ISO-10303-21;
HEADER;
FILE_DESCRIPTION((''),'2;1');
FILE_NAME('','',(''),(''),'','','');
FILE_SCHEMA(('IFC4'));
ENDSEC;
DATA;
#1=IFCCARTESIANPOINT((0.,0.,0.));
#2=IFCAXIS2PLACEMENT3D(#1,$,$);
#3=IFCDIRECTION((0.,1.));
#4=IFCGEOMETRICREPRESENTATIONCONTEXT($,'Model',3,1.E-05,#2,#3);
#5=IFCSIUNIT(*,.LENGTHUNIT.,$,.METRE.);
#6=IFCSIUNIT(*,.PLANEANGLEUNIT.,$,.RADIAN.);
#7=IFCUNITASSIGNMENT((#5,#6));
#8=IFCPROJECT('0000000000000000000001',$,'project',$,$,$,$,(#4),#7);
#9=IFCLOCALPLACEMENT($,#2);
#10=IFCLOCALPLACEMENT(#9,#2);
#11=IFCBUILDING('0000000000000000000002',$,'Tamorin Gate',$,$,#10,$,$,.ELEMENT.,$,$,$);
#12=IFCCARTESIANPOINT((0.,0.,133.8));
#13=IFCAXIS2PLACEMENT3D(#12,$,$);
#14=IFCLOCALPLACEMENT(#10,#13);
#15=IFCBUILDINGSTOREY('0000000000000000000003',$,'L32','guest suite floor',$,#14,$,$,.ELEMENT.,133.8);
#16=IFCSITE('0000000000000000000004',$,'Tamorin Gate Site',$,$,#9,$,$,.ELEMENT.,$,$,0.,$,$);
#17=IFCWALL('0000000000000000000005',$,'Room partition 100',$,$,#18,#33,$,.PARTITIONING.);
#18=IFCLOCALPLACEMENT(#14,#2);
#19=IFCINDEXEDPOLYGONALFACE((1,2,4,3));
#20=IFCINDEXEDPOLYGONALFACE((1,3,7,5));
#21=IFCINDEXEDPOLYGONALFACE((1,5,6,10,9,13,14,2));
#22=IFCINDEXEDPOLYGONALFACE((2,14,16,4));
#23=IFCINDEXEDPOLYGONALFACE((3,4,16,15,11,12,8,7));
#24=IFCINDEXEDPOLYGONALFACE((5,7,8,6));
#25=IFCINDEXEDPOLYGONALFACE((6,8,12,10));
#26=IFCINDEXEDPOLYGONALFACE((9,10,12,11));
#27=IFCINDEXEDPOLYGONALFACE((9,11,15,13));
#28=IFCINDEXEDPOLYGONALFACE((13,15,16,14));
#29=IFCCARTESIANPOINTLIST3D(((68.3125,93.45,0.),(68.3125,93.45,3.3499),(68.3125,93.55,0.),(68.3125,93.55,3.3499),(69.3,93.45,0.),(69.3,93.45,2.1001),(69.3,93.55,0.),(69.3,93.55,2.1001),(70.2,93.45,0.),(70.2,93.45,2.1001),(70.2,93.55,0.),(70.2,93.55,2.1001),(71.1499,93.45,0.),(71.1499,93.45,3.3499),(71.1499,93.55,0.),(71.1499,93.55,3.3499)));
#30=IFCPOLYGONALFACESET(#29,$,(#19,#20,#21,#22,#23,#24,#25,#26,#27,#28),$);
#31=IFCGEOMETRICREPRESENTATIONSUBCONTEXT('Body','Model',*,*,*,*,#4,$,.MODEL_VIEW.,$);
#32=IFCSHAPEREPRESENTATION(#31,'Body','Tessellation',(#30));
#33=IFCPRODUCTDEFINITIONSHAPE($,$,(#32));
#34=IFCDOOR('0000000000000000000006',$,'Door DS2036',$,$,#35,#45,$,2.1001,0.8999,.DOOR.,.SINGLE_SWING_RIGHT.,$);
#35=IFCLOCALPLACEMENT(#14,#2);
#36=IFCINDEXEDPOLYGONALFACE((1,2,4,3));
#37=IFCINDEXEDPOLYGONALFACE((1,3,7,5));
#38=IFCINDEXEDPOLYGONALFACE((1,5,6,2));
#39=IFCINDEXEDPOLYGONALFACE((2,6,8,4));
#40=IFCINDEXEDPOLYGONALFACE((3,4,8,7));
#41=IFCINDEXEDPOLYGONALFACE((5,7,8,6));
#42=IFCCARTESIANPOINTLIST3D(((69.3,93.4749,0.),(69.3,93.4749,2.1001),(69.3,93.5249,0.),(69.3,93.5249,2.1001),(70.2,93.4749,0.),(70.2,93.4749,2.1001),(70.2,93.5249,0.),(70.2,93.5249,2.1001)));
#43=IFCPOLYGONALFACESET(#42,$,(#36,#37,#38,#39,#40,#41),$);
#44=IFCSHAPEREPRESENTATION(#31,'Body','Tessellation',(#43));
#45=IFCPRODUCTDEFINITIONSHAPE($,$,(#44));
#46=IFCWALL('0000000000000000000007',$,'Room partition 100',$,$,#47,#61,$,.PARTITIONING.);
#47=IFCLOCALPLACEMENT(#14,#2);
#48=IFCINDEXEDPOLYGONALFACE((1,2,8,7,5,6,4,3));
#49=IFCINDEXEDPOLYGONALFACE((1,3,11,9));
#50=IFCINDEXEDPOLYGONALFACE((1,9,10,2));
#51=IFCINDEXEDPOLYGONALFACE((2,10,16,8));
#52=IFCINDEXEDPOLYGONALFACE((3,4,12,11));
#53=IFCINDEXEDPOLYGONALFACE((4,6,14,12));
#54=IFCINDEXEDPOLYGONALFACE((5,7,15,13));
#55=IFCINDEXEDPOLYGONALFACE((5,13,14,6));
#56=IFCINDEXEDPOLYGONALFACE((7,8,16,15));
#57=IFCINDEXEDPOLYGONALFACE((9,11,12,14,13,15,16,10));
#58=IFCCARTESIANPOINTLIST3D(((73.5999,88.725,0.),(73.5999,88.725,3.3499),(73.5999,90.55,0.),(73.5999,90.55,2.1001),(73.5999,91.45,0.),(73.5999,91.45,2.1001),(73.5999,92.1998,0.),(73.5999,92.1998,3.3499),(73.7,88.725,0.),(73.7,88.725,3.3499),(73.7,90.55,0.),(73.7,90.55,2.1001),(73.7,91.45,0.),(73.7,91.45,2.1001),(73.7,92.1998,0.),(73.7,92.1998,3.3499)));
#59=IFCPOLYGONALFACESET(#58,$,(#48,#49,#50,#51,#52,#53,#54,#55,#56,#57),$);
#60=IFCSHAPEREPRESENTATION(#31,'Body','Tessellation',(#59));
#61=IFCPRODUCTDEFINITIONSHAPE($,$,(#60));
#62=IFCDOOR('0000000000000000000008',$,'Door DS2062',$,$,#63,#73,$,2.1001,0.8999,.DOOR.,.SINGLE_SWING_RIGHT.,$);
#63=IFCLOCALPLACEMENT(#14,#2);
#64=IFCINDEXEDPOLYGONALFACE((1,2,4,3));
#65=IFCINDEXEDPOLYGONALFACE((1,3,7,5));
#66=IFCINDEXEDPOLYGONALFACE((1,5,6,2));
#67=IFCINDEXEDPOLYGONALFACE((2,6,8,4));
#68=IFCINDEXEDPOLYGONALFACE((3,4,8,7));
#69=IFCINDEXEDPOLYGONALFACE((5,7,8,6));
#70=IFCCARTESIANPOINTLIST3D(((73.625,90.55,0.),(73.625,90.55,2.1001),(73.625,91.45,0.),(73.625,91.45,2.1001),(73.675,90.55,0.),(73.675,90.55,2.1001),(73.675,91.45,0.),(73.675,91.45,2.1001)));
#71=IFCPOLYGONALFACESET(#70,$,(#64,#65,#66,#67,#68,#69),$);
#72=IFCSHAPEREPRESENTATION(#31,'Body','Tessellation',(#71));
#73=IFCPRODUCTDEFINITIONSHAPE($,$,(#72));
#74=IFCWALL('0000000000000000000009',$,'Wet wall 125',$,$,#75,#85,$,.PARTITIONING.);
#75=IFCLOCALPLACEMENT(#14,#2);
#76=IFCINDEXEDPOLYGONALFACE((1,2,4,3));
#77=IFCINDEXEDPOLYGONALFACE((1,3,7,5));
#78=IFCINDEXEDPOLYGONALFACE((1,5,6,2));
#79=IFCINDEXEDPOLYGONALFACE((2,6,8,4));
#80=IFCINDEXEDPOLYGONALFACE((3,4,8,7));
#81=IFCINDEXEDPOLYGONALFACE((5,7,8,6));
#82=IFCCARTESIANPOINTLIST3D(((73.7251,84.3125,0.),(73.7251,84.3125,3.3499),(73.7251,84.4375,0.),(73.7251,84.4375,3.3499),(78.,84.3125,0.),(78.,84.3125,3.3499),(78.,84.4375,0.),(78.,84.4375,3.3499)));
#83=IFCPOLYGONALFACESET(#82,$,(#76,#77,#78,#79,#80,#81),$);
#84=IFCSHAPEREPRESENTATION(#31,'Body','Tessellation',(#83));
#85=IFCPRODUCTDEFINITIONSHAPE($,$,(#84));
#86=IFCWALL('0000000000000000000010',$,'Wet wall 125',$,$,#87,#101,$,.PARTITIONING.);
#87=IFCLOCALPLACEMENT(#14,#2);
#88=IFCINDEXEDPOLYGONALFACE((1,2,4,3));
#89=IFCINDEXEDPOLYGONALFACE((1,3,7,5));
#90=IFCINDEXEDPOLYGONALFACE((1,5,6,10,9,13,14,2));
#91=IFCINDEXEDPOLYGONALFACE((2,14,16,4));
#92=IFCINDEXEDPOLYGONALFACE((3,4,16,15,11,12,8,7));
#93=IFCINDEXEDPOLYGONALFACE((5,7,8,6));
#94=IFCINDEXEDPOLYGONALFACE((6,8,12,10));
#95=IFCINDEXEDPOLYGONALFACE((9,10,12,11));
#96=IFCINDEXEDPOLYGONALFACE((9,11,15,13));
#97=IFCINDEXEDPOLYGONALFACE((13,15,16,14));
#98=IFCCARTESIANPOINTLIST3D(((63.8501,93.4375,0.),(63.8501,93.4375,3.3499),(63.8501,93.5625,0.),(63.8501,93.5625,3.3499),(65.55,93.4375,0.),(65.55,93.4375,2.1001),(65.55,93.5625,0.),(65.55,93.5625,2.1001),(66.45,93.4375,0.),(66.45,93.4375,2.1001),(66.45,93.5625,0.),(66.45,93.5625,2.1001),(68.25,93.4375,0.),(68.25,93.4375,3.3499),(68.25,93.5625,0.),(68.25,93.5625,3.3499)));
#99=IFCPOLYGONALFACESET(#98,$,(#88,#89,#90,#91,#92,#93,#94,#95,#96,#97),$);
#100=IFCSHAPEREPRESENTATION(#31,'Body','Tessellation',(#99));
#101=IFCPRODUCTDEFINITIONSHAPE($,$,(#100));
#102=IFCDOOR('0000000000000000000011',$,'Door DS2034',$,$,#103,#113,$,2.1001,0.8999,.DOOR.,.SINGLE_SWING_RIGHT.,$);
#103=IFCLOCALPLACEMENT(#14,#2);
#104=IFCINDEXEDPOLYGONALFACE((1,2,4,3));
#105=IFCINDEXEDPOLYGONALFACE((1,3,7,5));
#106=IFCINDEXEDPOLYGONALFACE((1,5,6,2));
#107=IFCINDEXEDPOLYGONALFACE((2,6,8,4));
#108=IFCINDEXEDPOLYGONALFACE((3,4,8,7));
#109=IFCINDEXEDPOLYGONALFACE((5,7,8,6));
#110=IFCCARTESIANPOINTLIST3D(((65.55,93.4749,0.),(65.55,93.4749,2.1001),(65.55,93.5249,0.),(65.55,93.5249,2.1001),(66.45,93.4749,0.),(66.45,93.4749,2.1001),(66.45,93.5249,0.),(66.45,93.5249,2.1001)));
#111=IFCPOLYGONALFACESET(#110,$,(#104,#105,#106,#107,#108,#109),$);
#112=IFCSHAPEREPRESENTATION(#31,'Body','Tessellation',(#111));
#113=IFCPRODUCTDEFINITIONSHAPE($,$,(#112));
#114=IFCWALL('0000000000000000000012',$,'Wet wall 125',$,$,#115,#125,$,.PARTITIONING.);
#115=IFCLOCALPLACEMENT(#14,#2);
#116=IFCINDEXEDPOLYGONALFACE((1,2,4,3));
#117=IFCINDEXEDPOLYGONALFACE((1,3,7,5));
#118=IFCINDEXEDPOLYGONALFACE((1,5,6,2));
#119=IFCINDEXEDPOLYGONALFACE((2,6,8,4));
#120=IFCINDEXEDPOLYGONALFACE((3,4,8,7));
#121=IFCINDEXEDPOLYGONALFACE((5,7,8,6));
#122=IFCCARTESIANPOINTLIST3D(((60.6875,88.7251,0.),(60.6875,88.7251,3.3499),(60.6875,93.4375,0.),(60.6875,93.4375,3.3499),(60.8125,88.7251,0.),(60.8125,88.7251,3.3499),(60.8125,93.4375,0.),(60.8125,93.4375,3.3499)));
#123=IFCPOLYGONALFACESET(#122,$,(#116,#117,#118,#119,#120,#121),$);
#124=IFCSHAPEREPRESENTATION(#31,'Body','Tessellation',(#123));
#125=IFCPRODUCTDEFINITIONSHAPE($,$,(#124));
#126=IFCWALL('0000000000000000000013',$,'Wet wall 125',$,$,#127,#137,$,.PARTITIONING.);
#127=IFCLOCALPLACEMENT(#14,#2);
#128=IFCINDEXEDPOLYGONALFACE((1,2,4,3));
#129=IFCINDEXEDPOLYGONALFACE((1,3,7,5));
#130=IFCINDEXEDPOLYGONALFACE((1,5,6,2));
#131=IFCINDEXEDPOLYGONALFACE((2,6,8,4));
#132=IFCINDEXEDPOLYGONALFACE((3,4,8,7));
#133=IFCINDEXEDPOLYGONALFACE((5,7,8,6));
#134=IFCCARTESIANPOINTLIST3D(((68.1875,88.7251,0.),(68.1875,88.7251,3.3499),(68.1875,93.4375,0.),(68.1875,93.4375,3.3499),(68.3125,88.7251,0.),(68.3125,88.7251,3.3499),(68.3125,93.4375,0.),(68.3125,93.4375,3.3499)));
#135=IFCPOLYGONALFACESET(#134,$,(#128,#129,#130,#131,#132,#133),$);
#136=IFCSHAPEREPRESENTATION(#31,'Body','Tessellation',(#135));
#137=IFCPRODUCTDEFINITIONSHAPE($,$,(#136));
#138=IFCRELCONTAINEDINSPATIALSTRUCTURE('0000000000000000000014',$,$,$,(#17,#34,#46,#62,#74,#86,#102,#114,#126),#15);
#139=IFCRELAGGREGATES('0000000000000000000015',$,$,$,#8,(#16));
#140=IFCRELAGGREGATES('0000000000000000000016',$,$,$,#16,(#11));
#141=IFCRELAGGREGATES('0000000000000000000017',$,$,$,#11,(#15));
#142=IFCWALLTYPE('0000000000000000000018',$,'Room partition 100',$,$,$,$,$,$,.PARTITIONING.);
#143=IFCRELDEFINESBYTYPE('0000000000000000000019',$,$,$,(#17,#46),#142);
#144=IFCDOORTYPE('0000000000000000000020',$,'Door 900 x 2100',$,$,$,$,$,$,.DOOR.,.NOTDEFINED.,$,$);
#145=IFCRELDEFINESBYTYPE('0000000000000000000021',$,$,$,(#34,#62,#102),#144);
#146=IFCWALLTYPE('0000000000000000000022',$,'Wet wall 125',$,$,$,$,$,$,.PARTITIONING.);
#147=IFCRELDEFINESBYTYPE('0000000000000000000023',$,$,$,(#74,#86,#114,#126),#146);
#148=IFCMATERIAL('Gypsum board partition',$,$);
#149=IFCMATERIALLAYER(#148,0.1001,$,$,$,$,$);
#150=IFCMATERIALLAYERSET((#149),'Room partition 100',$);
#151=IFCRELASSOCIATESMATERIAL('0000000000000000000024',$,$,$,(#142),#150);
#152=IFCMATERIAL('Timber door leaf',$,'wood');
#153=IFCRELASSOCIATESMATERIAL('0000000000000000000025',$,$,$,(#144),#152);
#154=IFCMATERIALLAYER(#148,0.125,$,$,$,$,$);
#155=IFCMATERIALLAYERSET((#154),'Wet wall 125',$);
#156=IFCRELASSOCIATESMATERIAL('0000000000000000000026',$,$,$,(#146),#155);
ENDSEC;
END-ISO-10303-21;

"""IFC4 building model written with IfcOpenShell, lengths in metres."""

from ifc_helpers import new_model, si_unit, direction, frame, frame_2d, origin, place, context, subcontext, project, spatial, rectangle, extrude, material, layer, layer_set, type_object, element, fill, save


model = new_model("IFC4")

# Units and contexts
model_context = context("Model", 3, precision=1e-05, world=origin(), true_north=direction((0.0, 1.0)))
body_context = subcontext(model_context, "Body", "Model", "MODEL_VIEW")
ifc_project = project(units=[si_unit("LENGTHUNIT", "METRE"), si_unit("PLANEANGLEUNIT", "RADIAN")], contexts=[model_context])

# Site, building, storey
site_placement = place(None, origin())
site = spatial("IfcSite", under=ifc_project, at=site_placement, Name="Tamorin Gate Site", CompositionType="ELEMENT", RefElevation=0.0)
building_placement = place(site_placement, origin())
building = spatial("IfcBuilding", under=site, at=building_placement, Name="Tamorin Gate", CompositionType="ELEMENT")
storey_placement = place(building_placement, frame((0.0, 0.0, 133.8)))
storey = spatial("IfcBuildingStorey", under=building, at=storey_placement, Name="L32", Description="guest suite floor", CompositionType="ELEMENT", Elevation=133.8)

# Shared definitions
ifc_material_1 = material(Name="Gypsum board partition")

# Walls, openings, doors
ifc_layer_1 = layer(ifc_material_1, 0.1001)
ifc_layer_set_1 = layer_set([ifc_layer_1], Name="Room partition 100")
wall_type_1 = type_object("IfcWallType", Name="Room partition 100", PredefinedType="PARTITIONING", material=ifc_layer_set_1)
ifc_material_2 = material(Name="Timber door leaf", Category="wood")
door_type = type_object("IfcDoorType", Name="Door 900 x 2100", OperationType="NOTDEFINED", PredefinedType="DOOR", material=ifc_material_2)
wall_1_placement = place(storey_placement, frame((68.3125, 93.5, 0.0), z_axis=(0.0, 0.0, 1.0), x_axis=(1.0, 0.0, 0.0)))
wall_1 = element("IfcWall", 1, at=wall_1_placement, inside=storey, type_object=wall_type_1, Name="Room partition 100", PredefinedType="PARTITIONING", context=body_context, shape_type="SweptSolid", body=[
    extrude(rectangle(XDim=2.8374, YDim=0.1001, at=frame_2d((1.4187, 0.0))), origin(), (0.0, 0.0, 1.0), 3.3499),
])
opening_1_placement = place(wall_1_placement, frame((0.9875, 0.0, 0.0)))
opening_1 = element("IfcOpeningElement", 2, at=opening_1_placement, cuts=wall_1, PredefinedType="OPENING", context=body_context, shape_type="SweptSolid", body=[
    extrude(rectangle(XDim=0.8999, YDim=2.1001, at=frame_2d((0.45, 1.05))), frame((0.0, 0.0601, 0.0), z_axis=(0.0, -1.0, 0.0), x_axis=(1.0, 0.0, 0.0)), (0.0, 0.0, 1.0), 0.1201),
])
door_1_placement = place(opening_1_placement, origin())
door_1 = element("IfcDoor", 3, at=door_1_placement, inside=storey, type_object=door_type, Name="Door DS2036", OperationType="SINGLE_SWING_RIGHT", OverallHeight=2.1001, OverallWidth=0.8999, PredefinedType="DOOR", context=body_context, shape_type="SweptSolid", body=[
    extrude(rectangle(XDim=0.8999, YDim=2.1001, at=frame_2d((0.45, 1.05))), frame((0.0, 0.0249, 0.0), z_axis=(0.0, -1.0, 0.0), x_axis=(1.0, 0.0, 0.0)), (0.0, 0.0, 1.0), 0.05),
])
fill(opening_1, door_1)
wall_2_placement = place(storey_placement, frame((73.6499, 88.7251, 0.0), z_axis=(0.0, 0.0, 1.0), x_axis=(0.0, 1.0, 0.0)))
wall_2 = element("IfcWall", 4, at=wall_2_placement, inside=storey, type_object=wall_type_1, Name="Room partition 100", PredefinedType="PARTITIONING", context=body_context, shape_type="SweptSolid", body=[
    extrude(rectangle(XDim=3.4749, YDim=0.1001, at=frame_2d((1.7373, 0.0))), origin(), (0.0, 0.0, 1.0), 3.3499),
])
opening_2_placement = place(wall_2_placement, frame((1.825, 0.0, 0.0)))
opening_2 = element("IfcOpeningElement", 5, at=opening_2_placement, cuts=wall_2, PredefinedType="OPENING", context=body_context, shape_type="SweptSolid", body=[
    extrude(rectangle(XDim=0.8999, YDim=2.1001, at=frame_2d((0.45, 1.05))), frame((0.0, 0.0601, 0.0), z_axis=(0.0, -1.0, 0.0), x_axis=(1.0, 0.0, 0.0)), (0.0, 0.0, 1.0), 0.1201),
])
door_2_placement = place(opening_2_placement, origin())
door_2 = element("IfcDoor", 6, at=door_2_placement, inside=storey, type_object=door_type, Name="Door DS2062", OperationType="SINGLE_SWING_RIGHT", OverallHeight=2.1001, OverallWidth=0.8999, PredefinedType="DOOR", context=body_context, shape_type="SweptSolid", body=[
    extrude(rectangle(XDim=0.8999, YDim=2.1001, at=frame_2d((0.45, 1.05))), frame((0.0, 0.0249, 0.0), z_axis=(0.0, -1.0, 0.0), x_axis=(1.0, 0.0, 0.0)), (0.0, 0.0, 1.0), 0.05),
])
fill(opening_2, door_2)

# Wall
ifc_layer_2 = layer(ifc_material_1, 0.125)
ifc_layer_set_2 = layer_set([ifc_layer_2], Name="Wet wall 125")
wall_type_2 = type_object("IfcWallType", Name="Wet wall 125", PredefinedType="PARTITIONING", material=ifc_layer_set_2)
wall_3_placement = place(storey_placement, frame((73.7251, 84.375, 0.0), z_axis=(0.0, 0.0, 1.0), x_axis=(1.0, 0.0, 0.0)))
element("IfcWall", 7, at=wall_3_placement, inside=storey, type_object=wall_type_2, Name="Wet wall 125", PredefinedType="PARTITIONING", context=body_context, shape_type="SweptSolid", body=[
    extrude(rectangle(XDim=4.2749, YDim=0.125, at=frame_2d((2.1375, 0.0))), origin(), (0.0, 0.0, 1.0), 3.3499),
])

# Wall, opening, door
wall_4_placement = place(storey_placement, frame((63.8501, 93.5, 0.0), z_axis=(0.0, 0.0, 1.0), x_axis=(1.0, 0.0, 0.0)))
wall_4 = element("IfcWall", 8, at=wall_4_placement, inside=storey, type_object=wall_type_2, Name="Wet wall 125", PredefinedType="PARTITIONING", context=body_context, shape_type="SweptSolid", body=[
    extrude(rectangle(XDim=4.3999, YDim=0.125, at=frame_2d((2.2, 0.0))), origin(), (0.0, 0.0, 1.0), 3.3499),
])
opening_3_placement = place(wall_4_placement, frame((1.7, 0.0, 0.0)))
opening_3 = element("IfcOpeningElement", 9, at=opening_3_placement, cuts=wall_4, PredefinedType="OPENING", context=body_context, shape_type="SweptSolid", body=[
    extrude(rectangle(XDim=0.8999, YDim=2.1001, at=frame_2d((0.45, 1.05))), frame((0.0, 0.0725, 0.0), z_axis=(0.0, -1.0, 0.0), x_axis=(1.0, 0.0, 0.0)), (0.0, 0.0, 1.0), 0.145),
])
door_3_placement = place(opening_3_placement, origin())
door_3 = element("IfcDoor", 10, at=door_3_placement, inside=storey, type_object=door_type, Name="Door DS2034", OperationType="SINGLE_SWING_RIGHT", OverallHeight=2.1001, OverallWidth=0.8999, PredefinedType="DOOR", context=body_context, shape_type="SweptSolid", body=[
    extrude(rectangle(XDim=0.8999, YDim=2.1001, at=frame_2d((0.45, 1.05))), frame((0.0, 0.0249, 0.0), z_axis=(0.0, -1.0, 0.0), x_axis=(1.0, 0.0, 0.0)), (0.0, 0.0, 1.0), 0.05),
])
fill(opening_3, door_3)

# Walls
for number, where, z_axis, x_axis, name in (
    (11, (60.75, 88.7251, 0.0), (0.0, 0.0, 1.0), (0.0, 1.0, 0.0), "Wet wall 125"),
    (12, (68.25, 88.7251, 0.0), (0.0, 0.0, 1.0), (0.0, 1.0, 0.0), "Wet wall 125"),
):
    element("IfcWall", number, at=place(storey_placement, frame(where, z_axis=z_axis, x_axis=x_axis)), inside=storey, type_object=wall_type_2, Name=name, PredefinedType="PARTITIONING", context=body_context, shape_type="SweptSolid", body=[
        extrude(rectangle(XDim=4.7124, YDim=0.125, at=frame_2d((2.3562, 0.0))), origin(), (0.0, 0.0, 1.0), 3.3499),
    ])

save(model, "model.ifc")
